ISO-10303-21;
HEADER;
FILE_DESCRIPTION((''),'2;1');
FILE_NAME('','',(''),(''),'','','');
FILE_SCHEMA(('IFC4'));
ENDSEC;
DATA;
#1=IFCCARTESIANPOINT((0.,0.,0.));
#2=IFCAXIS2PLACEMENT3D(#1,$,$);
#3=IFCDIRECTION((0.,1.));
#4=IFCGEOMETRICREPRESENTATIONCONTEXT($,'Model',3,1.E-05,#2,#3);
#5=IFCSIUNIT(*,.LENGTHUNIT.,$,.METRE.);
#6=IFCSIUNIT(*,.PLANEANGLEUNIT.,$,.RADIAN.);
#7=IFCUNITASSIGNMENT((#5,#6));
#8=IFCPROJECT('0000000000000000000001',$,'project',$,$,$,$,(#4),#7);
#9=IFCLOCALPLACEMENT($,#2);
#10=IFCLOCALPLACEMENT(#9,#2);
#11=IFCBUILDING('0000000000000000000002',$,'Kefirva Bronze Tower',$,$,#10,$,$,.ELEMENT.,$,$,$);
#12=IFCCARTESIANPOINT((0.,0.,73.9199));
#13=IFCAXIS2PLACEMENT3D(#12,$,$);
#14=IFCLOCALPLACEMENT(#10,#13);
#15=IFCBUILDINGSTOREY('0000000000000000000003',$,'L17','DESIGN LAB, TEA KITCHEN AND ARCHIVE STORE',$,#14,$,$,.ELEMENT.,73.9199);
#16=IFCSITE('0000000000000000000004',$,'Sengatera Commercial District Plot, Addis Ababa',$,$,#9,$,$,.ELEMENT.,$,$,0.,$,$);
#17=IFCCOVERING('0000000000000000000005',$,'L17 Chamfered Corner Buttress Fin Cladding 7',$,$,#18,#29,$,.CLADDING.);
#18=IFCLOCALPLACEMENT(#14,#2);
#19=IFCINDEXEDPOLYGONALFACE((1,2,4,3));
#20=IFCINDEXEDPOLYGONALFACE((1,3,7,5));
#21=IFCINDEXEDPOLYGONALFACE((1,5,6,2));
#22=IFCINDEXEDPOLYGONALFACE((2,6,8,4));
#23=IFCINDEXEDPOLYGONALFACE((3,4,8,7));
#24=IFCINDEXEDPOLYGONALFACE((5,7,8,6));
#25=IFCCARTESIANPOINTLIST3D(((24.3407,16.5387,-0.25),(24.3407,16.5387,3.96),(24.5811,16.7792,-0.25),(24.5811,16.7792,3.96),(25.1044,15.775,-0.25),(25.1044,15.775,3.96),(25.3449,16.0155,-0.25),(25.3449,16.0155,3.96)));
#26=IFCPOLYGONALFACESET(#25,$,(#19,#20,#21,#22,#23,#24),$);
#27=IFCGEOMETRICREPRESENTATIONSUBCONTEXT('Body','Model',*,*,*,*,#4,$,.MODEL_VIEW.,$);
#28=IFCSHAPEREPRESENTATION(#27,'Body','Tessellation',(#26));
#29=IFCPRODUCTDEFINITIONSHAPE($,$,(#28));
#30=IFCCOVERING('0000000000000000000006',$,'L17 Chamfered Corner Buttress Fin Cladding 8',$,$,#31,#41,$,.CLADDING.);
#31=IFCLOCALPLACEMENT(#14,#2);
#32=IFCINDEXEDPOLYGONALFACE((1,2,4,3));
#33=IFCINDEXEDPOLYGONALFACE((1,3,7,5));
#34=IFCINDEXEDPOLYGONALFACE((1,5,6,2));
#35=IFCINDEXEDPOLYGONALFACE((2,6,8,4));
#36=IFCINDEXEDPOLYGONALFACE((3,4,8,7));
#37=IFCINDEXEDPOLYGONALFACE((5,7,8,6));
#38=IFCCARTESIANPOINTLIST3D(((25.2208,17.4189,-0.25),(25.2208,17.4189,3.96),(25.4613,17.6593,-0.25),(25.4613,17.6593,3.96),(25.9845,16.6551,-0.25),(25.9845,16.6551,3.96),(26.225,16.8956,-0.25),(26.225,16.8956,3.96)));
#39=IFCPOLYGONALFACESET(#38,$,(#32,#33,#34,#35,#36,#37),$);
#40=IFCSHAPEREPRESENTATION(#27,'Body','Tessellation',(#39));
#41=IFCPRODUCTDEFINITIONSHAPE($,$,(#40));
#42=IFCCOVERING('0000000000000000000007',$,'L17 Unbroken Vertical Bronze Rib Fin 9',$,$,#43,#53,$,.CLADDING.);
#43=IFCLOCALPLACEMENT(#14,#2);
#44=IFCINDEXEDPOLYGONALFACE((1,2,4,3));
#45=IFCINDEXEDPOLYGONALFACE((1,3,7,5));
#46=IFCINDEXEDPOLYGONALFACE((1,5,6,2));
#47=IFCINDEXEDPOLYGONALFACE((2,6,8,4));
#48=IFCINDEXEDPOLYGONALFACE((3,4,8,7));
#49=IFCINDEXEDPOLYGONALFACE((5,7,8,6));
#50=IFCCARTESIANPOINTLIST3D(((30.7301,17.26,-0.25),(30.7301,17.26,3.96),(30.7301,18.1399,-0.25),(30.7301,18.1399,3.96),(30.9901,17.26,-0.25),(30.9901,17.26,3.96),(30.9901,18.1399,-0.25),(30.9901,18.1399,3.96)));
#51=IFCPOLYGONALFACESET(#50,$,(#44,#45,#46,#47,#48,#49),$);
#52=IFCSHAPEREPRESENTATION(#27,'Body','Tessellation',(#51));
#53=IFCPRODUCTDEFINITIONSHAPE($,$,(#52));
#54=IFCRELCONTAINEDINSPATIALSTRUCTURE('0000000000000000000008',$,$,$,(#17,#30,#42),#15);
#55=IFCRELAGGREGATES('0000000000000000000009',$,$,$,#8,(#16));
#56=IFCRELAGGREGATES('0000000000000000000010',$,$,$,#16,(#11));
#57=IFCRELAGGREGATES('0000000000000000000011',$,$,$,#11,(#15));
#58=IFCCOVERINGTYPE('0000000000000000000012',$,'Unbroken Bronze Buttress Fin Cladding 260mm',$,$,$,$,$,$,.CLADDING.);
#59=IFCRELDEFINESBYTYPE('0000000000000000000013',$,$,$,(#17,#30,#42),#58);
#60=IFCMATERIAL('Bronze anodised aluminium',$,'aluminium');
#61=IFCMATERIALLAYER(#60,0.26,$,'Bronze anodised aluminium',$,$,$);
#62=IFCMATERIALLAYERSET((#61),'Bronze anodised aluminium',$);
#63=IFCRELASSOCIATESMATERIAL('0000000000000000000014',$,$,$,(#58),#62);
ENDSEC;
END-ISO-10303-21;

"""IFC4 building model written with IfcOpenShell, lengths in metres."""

from ifc_helpers import new_model, si_unit, direction, frame, origin, origin_2d, place, context, subcontext, project, spatial, rectangle, extrude, material, layer, layer_set, type_object, element, save


model = new_model("IFC4")

# Units and contexts
model_context = context("Model", 3, precision=1e-05, world=origin(), true_north=direction((0.0, 1.0)))
body_context = subcontext(model_context, "Body", "Model", "MODEL_VIEW")
ifc_project = project(units=[si_unit("LENGTHUNIT", "METRE"), si_unit("PLANEANGLEUNIT", "RADIAN")], contexts=[model_context])

# Site, building, storey
site_placement = place(None, origin())
site = spatial("IfcSite", under=ifc_project, at=site_placement, Name="Sengatera Commercial District Plot, Addis Ababa", CompositionType="ELEMENT", RefElevation=0.0)
building_placement = place(site_placement, origin())
building = spatial("IfcBuilding", under=site, at=building_placement, Name="Kefirva Bronze Tower", CompositionType="ELEMENT")
storey_placement = place(building_placement, frame((0.0, 0.0, 73.9199)))
storey = spatial("IfcBuildingStorey", under=building, at=storey_placement, Name="L17", Description="DESIGN LAB, TEA KITCHEN AND ARCHIVE STORE", CompositionType="ELEMENT", Elevation=73.9199)

# Shared definitions
ifc_material_1 = material(Name="Bronze anodised aluminium", Category="aluminium")

# Coverings
ifc_layer_1 = layer(ifc_material_1, 0.26, Name="Bronze anodised aluminium")
ifc_layer_set_1 = layer_set([ifc_layer_1], Name="Bronze anodised aluminium")
covering_type_1 = type_object("IfcCoveringType", Name="Unbroken Bronze Buttress Fin Cladding 260mm", PredefinedType="CLADDING", material=ifc_layer_set_1)
for number, where, z_axis, x_axis, name in (
    (1, (24.8428, 16.2771, -0.25), (0.0, 0.0, 1.0), (0.707107, 0.707107, 0.0), "L17 Chamfered Corner Buttress Fin Cladding 7"),
    (2, (25.7229, 17.1572, -0.25), (0.0, 0.0, 1.0), (0.707107, 0.707107, 0.0), "L17 Chamfered Corner Buttress Fin Cladding 8"),
):
    element("IfcCovering", number, at=place(storey_placement, frame(where, z_axis=z_axis, x_axis=x_axis)), inside=storey, type_object=covering_type_1, Name=name, PredefinedType="CLADDING", context=body_context, shape_type="SweptSolid", body=[
        extrude(rectangle(XDim=0.3401, YDim=1.0801, at=origin_2d()), origin(), (0.0, 0.0, 1.0), 4.21),
    ])
covering_1_placement = place(storey_placement, frame((30.8601, 17.7, -0.25), z_axis=(0.0, 0.0, 1.0), x_axis=(1.0, 0.0, 0.0)))
element("IfcCovering", 3, at=covering_1_placement, inside=storey, type_object=covering_type_1, Name="L17 Unbroken Vertical Bronze Rib Fin 9", PredefinedType="CLADDING", context=body_context, shape_type="SweptSolid", body=[
    extrude(rectangle(XDim=0.26, YDim=0.8799, at=origin_2d()), origin(), (0.0, 0.0, 1.0), 4.21),
])

save(model, "model.ifc")
